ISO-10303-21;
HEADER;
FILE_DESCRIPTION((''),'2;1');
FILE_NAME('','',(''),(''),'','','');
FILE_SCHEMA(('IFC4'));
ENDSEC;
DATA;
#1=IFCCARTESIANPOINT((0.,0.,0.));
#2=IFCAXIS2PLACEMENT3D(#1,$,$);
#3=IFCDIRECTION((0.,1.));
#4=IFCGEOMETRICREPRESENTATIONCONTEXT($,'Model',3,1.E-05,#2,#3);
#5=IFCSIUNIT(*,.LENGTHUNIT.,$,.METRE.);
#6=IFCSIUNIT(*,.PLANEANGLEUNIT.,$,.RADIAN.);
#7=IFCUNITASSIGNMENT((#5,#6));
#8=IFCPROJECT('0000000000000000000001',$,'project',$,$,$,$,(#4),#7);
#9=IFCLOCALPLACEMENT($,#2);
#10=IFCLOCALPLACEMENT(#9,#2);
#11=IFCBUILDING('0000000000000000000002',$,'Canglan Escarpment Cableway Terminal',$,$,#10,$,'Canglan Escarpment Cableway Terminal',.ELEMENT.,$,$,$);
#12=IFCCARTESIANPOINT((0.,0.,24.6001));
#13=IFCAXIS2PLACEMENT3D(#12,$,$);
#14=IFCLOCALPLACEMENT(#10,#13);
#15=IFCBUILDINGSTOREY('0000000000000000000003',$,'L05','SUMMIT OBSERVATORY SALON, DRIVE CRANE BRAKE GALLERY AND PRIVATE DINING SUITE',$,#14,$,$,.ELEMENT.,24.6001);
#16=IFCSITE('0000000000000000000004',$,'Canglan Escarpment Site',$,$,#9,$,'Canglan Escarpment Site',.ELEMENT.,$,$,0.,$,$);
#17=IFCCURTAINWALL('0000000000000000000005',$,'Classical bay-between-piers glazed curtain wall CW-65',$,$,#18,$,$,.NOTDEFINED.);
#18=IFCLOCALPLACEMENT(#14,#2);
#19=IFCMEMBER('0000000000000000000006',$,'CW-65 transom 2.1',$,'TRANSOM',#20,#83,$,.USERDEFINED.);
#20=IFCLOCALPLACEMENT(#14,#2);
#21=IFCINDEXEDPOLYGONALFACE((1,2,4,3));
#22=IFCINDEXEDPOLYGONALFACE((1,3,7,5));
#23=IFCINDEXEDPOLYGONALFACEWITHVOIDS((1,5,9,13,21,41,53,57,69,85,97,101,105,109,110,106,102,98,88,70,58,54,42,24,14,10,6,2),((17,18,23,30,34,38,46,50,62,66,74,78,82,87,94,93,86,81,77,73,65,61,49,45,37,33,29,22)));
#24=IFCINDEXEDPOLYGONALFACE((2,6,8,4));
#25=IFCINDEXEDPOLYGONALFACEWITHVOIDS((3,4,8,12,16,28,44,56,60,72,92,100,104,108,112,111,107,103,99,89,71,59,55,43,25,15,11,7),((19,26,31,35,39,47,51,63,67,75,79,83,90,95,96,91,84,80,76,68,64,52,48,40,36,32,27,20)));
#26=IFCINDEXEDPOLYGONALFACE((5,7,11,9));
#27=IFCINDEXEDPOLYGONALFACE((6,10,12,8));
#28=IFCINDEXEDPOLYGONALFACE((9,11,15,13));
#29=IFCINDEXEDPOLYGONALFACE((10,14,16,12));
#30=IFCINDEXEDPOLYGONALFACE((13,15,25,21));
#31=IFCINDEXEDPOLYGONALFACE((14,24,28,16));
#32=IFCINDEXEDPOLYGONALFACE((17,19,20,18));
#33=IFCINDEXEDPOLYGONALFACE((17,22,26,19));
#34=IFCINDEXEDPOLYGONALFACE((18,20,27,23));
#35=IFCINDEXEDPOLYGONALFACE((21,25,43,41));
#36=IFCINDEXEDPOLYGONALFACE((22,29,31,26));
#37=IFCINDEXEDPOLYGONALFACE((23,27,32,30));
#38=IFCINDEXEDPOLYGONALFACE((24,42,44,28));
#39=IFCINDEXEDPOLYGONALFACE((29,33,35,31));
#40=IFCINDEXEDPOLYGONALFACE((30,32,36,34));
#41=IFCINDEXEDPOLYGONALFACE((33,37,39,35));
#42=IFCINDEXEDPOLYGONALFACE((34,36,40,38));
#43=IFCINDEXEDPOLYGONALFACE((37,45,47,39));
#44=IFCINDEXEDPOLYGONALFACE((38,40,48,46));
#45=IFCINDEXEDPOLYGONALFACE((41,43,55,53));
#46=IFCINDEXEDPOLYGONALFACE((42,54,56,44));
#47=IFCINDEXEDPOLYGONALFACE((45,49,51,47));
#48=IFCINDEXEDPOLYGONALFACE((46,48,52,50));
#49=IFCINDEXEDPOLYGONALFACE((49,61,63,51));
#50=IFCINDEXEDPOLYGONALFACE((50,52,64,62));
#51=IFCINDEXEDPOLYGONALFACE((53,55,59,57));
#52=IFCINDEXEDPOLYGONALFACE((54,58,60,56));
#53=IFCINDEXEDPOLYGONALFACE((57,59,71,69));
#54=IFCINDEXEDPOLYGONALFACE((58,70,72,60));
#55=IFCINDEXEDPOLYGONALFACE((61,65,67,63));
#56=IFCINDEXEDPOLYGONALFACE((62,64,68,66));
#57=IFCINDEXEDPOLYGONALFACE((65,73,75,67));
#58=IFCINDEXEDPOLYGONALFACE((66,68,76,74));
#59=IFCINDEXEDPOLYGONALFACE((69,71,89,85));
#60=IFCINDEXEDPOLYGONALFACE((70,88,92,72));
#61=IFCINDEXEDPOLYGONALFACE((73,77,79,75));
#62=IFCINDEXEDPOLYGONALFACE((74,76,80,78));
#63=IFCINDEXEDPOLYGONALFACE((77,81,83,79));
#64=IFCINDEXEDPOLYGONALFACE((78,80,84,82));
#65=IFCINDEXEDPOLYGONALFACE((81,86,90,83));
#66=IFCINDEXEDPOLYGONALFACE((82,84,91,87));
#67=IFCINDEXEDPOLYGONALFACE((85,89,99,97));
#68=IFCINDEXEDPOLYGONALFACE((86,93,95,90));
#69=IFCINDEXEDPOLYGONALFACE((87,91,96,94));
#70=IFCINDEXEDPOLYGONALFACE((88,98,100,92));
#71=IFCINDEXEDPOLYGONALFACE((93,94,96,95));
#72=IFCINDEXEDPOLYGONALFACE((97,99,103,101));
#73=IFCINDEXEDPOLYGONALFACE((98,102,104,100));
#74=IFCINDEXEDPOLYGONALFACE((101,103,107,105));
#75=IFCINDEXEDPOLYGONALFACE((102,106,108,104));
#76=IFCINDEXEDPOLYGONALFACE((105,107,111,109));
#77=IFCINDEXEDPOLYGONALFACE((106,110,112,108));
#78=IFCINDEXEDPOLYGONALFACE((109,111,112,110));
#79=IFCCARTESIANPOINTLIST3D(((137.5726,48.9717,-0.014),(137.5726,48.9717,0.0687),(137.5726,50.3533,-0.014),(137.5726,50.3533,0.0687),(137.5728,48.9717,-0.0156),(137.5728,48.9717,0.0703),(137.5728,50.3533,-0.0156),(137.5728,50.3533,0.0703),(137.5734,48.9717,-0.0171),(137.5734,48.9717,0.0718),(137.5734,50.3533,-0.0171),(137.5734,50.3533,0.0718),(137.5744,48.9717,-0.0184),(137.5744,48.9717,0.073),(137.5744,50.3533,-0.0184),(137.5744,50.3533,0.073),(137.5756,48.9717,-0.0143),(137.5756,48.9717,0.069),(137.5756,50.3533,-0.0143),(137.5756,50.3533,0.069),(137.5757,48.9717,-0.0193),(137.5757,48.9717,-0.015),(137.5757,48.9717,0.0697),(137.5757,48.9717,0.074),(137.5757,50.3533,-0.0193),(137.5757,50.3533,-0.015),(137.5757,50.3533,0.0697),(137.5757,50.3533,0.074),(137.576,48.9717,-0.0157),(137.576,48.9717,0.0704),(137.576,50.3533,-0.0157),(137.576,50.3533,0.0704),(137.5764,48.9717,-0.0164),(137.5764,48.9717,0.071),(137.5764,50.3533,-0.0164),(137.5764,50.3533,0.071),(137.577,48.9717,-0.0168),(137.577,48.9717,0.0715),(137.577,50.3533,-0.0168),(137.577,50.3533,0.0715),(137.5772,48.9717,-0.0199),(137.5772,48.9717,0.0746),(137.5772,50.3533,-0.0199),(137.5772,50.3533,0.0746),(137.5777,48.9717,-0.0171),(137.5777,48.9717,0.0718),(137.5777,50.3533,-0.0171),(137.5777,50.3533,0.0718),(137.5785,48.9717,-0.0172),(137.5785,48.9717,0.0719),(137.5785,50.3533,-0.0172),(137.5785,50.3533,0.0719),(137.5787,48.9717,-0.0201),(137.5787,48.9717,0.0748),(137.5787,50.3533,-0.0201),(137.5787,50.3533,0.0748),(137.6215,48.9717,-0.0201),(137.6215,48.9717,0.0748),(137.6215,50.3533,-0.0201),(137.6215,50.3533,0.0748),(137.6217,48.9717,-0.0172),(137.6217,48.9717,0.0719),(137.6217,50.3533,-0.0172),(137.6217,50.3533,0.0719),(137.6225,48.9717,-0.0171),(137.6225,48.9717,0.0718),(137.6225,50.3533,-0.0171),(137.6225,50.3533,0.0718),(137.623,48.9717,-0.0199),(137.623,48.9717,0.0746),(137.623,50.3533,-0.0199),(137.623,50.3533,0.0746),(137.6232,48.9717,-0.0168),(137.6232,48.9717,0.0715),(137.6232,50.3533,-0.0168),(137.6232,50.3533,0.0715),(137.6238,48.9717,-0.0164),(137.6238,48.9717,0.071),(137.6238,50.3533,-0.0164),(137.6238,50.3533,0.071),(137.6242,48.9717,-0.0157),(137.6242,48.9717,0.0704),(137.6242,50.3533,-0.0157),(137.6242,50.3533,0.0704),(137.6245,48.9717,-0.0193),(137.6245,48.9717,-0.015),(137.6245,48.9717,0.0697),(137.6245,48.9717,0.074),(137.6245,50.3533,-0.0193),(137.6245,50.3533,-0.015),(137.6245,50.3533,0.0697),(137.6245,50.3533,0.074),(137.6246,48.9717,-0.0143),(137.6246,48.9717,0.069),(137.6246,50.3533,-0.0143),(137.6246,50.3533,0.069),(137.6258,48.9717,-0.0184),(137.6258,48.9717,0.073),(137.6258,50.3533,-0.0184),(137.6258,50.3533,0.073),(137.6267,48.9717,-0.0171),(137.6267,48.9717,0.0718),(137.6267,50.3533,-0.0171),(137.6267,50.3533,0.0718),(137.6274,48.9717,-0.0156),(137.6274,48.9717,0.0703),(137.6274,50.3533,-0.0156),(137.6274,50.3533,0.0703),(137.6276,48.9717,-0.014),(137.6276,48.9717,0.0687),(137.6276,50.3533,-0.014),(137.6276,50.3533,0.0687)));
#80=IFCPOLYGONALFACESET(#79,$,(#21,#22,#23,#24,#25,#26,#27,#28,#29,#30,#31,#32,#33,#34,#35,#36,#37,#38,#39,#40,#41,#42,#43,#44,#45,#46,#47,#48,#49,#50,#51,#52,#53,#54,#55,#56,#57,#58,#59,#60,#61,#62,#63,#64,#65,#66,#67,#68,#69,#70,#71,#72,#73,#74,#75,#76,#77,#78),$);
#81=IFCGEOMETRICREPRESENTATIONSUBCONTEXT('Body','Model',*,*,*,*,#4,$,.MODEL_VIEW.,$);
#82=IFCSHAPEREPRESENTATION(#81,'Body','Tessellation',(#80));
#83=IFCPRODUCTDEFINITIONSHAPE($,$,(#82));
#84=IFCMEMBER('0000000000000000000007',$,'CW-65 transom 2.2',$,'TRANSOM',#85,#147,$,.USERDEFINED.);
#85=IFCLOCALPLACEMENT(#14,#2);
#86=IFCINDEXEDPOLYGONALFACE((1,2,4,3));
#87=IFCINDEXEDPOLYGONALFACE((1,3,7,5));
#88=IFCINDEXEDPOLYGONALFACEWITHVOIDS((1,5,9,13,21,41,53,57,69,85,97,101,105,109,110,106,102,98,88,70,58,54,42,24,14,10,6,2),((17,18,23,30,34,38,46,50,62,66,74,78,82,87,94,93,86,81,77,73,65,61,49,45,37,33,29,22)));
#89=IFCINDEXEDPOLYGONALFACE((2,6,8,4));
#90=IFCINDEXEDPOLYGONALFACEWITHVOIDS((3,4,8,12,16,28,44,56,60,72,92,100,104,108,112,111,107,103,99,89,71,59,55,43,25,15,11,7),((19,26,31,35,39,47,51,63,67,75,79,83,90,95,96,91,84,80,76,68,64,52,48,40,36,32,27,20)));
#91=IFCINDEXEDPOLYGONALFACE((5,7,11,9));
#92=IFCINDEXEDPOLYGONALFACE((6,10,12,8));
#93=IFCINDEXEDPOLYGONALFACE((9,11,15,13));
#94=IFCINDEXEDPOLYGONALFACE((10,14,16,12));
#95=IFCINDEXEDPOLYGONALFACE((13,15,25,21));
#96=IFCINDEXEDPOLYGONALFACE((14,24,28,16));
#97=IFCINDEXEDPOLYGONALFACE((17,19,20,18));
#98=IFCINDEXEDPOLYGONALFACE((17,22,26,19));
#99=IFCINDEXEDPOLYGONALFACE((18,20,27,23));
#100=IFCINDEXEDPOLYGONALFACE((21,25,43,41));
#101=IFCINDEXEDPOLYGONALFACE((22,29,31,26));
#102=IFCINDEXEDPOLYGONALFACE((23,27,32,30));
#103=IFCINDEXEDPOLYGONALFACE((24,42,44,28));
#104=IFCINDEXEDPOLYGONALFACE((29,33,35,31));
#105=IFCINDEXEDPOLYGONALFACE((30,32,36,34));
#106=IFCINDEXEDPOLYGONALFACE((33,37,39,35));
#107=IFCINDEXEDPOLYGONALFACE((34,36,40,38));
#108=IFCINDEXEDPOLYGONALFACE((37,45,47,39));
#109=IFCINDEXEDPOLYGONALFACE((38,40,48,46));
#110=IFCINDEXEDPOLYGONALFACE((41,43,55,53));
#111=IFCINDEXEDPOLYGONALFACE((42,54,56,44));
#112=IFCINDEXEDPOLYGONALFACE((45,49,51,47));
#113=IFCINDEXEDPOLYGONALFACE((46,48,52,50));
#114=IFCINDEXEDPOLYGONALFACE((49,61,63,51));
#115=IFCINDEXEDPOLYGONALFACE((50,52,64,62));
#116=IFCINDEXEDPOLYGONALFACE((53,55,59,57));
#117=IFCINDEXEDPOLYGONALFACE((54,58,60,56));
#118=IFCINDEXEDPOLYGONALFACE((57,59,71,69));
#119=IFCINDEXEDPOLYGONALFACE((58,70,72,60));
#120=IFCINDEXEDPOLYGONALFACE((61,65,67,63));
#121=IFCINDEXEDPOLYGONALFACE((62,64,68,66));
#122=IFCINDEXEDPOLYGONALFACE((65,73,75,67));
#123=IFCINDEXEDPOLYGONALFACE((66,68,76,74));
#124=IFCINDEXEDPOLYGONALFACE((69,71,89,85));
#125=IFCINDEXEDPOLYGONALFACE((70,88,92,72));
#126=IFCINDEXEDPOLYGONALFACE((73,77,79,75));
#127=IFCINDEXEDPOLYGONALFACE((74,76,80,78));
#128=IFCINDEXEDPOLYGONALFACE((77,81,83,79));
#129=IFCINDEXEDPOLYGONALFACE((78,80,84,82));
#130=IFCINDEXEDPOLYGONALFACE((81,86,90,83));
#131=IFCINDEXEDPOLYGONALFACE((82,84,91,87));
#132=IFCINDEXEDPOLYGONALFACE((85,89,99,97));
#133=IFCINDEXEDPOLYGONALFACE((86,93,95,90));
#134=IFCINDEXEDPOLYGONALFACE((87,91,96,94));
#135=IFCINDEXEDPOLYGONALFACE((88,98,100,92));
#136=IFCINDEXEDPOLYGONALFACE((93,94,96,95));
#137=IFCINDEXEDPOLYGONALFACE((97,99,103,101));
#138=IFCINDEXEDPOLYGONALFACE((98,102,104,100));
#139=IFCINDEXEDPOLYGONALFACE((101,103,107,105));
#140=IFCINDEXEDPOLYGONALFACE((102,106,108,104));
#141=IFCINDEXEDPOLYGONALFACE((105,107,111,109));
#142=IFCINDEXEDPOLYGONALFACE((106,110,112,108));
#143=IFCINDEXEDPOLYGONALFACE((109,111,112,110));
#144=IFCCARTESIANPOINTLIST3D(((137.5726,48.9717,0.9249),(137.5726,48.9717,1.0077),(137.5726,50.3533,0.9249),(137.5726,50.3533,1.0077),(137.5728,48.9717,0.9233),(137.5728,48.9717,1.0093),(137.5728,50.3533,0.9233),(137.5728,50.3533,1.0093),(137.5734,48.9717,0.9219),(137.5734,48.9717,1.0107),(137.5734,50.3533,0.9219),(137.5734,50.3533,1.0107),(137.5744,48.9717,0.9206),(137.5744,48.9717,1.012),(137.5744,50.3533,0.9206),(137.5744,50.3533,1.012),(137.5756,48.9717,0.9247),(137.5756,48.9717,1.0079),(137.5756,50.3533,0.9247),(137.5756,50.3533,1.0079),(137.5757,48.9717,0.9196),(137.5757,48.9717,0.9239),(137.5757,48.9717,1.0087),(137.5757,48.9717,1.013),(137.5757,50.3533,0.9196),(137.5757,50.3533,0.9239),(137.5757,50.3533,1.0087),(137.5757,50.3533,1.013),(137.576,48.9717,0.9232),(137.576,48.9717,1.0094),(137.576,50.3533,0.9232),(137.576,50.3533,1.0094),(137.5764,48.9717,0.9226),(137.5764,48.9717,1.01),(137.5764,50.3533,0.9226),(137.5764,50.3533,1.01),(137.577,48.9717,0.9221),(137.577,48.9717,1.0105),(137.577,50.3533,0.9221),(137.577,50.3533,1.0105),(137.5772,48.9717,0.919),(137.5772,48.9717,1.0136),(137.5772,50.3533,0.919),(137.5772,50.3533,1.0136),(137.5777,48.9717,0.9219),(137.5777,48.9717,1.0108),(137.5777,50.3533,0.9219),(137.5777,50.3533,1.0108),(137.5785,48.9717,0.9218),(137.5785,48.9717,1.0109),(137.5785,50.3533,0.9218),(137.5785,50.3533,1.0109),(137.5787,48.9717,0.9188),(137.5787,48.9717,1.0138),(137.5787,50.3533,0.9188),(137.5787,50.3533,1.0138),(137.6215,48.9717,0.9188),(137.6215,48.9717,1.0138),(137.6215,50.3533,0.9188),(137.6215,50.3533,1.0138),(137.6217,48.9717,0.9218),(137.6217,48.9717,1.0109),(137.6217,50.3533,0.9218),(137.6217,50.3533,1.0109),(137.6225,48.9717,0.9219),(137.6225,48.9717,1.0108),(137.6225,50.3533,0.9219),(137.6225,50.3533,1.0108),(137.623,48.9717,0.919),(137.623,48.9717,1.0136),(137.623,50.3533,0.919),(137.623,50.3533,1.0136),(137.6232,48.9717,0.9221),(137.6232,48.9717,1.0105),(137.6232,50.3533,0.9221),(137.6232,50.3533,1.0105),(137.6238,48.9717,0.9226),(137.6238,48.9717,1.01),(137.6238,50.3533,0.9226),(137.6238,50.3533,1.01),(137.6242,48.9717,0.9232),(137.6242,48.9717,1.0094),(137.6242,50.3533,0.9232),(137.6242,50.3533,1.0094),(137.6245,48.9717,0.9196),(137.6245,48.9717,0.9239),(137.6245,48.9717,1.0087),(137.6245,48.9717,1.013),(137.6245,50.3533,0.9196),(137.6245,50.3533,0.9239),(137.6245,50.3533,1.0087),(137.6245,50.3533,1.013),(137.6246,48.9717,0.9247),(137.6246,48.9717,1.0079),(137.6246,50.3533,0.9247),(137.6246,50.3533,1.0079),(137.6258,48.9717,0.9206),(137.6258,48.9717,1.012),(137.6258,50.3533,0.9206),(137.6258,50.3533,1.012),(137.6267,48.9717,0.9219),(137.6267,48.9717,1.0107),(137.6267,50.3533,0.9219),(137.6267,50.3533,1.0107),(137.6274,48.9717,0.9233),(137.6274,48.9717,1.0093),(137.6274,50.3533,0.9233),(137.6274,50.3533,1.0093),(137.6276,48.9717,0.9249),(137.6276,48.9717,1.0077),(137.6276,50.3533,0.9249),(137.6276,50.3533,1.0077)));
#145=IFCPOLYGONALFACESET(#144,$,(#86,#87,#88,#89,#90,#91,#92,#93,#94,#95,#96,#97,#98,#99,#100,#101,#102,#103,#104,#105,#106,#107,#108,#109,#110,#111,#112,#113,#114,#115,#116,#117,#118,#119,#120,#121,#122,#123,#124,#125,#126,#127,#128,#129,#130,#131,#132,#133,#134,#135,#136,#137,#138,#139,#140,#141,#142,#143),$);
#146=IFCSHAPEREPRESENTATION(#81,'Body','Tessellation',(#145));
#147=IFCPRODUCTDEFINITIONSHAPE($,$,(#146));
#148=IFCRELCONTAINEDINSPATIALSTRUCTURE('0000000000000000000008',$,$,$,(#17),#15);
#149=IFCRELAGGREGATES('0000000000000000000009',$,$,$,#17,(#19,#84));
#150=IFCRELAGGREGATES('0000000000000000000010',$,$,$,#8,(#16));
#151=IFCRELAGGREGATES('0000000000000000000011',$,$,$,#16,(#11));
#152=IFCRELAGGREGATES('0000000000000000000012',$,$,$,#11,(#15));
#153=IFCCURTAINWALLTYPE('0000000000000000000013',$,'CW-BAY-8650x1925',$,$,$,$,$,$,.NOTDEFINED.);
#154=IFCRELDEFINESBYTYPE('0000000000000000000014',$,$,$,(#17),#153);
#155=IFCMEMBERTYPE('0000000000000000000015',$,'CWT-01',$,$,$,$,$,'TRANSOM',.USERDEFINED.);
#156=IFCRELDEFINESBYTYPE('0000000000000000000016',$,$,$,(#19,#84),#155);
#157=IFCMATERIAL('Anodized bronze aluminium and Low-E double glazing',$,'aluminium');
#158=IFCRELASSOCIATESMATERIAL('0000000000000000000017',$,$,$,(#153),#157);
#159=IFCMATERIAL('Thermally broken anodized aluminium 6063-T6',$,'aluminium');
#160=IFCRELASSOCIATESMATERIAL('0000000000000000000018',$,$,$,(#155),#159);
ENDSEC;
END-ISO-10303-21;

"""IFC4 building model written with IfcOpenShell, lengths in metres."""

from ifc_helpers import new_model, si_unit, direction, frame, origin, origin_2d, place, context, subcontext, project, spatial, hollow_rectangle, extrude, material, material_profile, profile_set, type_object, element, aggregate, save


model = new_model("IFC4")

# Units and contexts
model_context = context("Model", 3, precision=1e-05, world=origin(), true_north=direction((0.0, 1.0)))
body_context = subcontext(model_context, "Body", "Model", "MODEL_VIEW")
ifc_project = project(units=[si_unit("LENGTHUNIT", "METRE"), si_unit("PLANEANGLEUNIT", "RADIAN")], contexts=[model_context])

# Site, building, storey
site_placement = place(None, origin())
site = spatial("IfcSite", under=ifc_project, at=site_placement, Name="Canglan Escarpment Site", LongName="Canglan Escarpment Site", CompositionType="ELEMENT", RefElevation=0.0)
building_placement = place(site_placement, origin())
building = spatial("IfcBuilding", under=site, at=building_placement, Name="Canglan Escarpment Cableway Terminal", LongName="Canglan Escarpment Cableway Terminal", CompositionType="ELEMENT")
storey_placement = place(building_placement, frame((0.0, 0.0, 24.6001)))
storey = spatial("IfcBuildingStorey", under=building, at=storey_placement, Name="L05", Description="SUMMIT OBSERVATORY SALON, DRIVE CRANE BRAKE GALLERY AND PRIVATE DINING SUITE", CompositionType="ELEMENT", Elevation=24.6001)

# Curtain wall
ifc_material_1 = material(Name="Anodized bronze aluminium and Low-E double glazing", Category="aluminium")
curtain_wall_type_1 = type_object("IfcCurtainWallType", Name="CW-BAY-8650x1925", PredefinedType="NOTDEFINED", material=ifc_material_1)
curtain_wall_1_placement = place(storey_placement, origin())
curtain_wall_1 = element("IfcCurtainWall", 1, at=curtain_wall_1_placement, inside=storey, type_object=curtain_wall_type_1, Name="Classical bay-between-piers glazed curtain wall CW-65", PredefinedType="NOTDEFINED")
ifc_material_2 = material(Name="Thermally broken anodized aluminium 6063-T6", Category="aluminium")

# Members
ifc_material_profile_1 = material_profile(ifc_material_2, hollow_rectangle(XDim=0.0549, YDim=0.095, WallThickness=0.0029, InnerFilletRadius=0.0029, OuterFilletRadius=0.0061, at=origin_2d()), Name="ALU-TRAN 55x95x3")
ifc_profile_set_1 = profile_set([ifc_material_profile_1], Name="Thermally broken anodized aluminium 6063-T6")
member_type_1 = type_object("IfcMemberType", Name="CWT-01", ElementType="TRANSOM", PredefinedType="USERDEFINED", material=ifc_profile_set_1)
member_1_placement = place(storey_placement, frame((137.6001, 50.3533, 0.0273), z_axis=(0.0, -1.0, 0.0), x_axis=(1.0, 0.0, 0.0)))
member_1 = element("IfcMember", 2, at=member_1_placement, type_object=member_type_1, Name="CW-65 transom 2.1", ObjectType="TRANSOM", PredefinedType="USERDEFINED", context=body_context, shape_type="SweptSolid", body=[
    extrude(hollow_rectangle(XDim=0.0549, YDim=0.095, WallThickness=0.0029, InnerFilletRadius=0.0029, OuterFilletRadius=0.0061, at=origin_2d()), origin(), (0.0, 0.0, 1.0), 1.3816),
])
member_2_placement = place(storey_placement, frame((137.6001, 50.3533, 0.9663), z_axis=(0.0, -1.0, 0.0), x_axis=(1.0, 0.0, 0.0)))
member_2 = element("IfcMember", 3, at=member_2_placement, type_object=member_type_1, Name="CW-65 transom 2.2", ObjectType="TRANSOM", PredefinedType="USERDEFINED", context=body_context, shape_type="SweptSolid", body=[
    extrude(hollow_rectangle(XDim=0.0549, YDim=0.095, WallThickness=0.0029, InnerFilletRadius=0.0029, OuterFilletRadius=0.0061, at=origin_2d()), origin(), (0.0, 0.0, 1.0), 1.3816),
])

aggregate(curtain_wall_1, [member_1, member_2])

save(model, "model.ifc")
